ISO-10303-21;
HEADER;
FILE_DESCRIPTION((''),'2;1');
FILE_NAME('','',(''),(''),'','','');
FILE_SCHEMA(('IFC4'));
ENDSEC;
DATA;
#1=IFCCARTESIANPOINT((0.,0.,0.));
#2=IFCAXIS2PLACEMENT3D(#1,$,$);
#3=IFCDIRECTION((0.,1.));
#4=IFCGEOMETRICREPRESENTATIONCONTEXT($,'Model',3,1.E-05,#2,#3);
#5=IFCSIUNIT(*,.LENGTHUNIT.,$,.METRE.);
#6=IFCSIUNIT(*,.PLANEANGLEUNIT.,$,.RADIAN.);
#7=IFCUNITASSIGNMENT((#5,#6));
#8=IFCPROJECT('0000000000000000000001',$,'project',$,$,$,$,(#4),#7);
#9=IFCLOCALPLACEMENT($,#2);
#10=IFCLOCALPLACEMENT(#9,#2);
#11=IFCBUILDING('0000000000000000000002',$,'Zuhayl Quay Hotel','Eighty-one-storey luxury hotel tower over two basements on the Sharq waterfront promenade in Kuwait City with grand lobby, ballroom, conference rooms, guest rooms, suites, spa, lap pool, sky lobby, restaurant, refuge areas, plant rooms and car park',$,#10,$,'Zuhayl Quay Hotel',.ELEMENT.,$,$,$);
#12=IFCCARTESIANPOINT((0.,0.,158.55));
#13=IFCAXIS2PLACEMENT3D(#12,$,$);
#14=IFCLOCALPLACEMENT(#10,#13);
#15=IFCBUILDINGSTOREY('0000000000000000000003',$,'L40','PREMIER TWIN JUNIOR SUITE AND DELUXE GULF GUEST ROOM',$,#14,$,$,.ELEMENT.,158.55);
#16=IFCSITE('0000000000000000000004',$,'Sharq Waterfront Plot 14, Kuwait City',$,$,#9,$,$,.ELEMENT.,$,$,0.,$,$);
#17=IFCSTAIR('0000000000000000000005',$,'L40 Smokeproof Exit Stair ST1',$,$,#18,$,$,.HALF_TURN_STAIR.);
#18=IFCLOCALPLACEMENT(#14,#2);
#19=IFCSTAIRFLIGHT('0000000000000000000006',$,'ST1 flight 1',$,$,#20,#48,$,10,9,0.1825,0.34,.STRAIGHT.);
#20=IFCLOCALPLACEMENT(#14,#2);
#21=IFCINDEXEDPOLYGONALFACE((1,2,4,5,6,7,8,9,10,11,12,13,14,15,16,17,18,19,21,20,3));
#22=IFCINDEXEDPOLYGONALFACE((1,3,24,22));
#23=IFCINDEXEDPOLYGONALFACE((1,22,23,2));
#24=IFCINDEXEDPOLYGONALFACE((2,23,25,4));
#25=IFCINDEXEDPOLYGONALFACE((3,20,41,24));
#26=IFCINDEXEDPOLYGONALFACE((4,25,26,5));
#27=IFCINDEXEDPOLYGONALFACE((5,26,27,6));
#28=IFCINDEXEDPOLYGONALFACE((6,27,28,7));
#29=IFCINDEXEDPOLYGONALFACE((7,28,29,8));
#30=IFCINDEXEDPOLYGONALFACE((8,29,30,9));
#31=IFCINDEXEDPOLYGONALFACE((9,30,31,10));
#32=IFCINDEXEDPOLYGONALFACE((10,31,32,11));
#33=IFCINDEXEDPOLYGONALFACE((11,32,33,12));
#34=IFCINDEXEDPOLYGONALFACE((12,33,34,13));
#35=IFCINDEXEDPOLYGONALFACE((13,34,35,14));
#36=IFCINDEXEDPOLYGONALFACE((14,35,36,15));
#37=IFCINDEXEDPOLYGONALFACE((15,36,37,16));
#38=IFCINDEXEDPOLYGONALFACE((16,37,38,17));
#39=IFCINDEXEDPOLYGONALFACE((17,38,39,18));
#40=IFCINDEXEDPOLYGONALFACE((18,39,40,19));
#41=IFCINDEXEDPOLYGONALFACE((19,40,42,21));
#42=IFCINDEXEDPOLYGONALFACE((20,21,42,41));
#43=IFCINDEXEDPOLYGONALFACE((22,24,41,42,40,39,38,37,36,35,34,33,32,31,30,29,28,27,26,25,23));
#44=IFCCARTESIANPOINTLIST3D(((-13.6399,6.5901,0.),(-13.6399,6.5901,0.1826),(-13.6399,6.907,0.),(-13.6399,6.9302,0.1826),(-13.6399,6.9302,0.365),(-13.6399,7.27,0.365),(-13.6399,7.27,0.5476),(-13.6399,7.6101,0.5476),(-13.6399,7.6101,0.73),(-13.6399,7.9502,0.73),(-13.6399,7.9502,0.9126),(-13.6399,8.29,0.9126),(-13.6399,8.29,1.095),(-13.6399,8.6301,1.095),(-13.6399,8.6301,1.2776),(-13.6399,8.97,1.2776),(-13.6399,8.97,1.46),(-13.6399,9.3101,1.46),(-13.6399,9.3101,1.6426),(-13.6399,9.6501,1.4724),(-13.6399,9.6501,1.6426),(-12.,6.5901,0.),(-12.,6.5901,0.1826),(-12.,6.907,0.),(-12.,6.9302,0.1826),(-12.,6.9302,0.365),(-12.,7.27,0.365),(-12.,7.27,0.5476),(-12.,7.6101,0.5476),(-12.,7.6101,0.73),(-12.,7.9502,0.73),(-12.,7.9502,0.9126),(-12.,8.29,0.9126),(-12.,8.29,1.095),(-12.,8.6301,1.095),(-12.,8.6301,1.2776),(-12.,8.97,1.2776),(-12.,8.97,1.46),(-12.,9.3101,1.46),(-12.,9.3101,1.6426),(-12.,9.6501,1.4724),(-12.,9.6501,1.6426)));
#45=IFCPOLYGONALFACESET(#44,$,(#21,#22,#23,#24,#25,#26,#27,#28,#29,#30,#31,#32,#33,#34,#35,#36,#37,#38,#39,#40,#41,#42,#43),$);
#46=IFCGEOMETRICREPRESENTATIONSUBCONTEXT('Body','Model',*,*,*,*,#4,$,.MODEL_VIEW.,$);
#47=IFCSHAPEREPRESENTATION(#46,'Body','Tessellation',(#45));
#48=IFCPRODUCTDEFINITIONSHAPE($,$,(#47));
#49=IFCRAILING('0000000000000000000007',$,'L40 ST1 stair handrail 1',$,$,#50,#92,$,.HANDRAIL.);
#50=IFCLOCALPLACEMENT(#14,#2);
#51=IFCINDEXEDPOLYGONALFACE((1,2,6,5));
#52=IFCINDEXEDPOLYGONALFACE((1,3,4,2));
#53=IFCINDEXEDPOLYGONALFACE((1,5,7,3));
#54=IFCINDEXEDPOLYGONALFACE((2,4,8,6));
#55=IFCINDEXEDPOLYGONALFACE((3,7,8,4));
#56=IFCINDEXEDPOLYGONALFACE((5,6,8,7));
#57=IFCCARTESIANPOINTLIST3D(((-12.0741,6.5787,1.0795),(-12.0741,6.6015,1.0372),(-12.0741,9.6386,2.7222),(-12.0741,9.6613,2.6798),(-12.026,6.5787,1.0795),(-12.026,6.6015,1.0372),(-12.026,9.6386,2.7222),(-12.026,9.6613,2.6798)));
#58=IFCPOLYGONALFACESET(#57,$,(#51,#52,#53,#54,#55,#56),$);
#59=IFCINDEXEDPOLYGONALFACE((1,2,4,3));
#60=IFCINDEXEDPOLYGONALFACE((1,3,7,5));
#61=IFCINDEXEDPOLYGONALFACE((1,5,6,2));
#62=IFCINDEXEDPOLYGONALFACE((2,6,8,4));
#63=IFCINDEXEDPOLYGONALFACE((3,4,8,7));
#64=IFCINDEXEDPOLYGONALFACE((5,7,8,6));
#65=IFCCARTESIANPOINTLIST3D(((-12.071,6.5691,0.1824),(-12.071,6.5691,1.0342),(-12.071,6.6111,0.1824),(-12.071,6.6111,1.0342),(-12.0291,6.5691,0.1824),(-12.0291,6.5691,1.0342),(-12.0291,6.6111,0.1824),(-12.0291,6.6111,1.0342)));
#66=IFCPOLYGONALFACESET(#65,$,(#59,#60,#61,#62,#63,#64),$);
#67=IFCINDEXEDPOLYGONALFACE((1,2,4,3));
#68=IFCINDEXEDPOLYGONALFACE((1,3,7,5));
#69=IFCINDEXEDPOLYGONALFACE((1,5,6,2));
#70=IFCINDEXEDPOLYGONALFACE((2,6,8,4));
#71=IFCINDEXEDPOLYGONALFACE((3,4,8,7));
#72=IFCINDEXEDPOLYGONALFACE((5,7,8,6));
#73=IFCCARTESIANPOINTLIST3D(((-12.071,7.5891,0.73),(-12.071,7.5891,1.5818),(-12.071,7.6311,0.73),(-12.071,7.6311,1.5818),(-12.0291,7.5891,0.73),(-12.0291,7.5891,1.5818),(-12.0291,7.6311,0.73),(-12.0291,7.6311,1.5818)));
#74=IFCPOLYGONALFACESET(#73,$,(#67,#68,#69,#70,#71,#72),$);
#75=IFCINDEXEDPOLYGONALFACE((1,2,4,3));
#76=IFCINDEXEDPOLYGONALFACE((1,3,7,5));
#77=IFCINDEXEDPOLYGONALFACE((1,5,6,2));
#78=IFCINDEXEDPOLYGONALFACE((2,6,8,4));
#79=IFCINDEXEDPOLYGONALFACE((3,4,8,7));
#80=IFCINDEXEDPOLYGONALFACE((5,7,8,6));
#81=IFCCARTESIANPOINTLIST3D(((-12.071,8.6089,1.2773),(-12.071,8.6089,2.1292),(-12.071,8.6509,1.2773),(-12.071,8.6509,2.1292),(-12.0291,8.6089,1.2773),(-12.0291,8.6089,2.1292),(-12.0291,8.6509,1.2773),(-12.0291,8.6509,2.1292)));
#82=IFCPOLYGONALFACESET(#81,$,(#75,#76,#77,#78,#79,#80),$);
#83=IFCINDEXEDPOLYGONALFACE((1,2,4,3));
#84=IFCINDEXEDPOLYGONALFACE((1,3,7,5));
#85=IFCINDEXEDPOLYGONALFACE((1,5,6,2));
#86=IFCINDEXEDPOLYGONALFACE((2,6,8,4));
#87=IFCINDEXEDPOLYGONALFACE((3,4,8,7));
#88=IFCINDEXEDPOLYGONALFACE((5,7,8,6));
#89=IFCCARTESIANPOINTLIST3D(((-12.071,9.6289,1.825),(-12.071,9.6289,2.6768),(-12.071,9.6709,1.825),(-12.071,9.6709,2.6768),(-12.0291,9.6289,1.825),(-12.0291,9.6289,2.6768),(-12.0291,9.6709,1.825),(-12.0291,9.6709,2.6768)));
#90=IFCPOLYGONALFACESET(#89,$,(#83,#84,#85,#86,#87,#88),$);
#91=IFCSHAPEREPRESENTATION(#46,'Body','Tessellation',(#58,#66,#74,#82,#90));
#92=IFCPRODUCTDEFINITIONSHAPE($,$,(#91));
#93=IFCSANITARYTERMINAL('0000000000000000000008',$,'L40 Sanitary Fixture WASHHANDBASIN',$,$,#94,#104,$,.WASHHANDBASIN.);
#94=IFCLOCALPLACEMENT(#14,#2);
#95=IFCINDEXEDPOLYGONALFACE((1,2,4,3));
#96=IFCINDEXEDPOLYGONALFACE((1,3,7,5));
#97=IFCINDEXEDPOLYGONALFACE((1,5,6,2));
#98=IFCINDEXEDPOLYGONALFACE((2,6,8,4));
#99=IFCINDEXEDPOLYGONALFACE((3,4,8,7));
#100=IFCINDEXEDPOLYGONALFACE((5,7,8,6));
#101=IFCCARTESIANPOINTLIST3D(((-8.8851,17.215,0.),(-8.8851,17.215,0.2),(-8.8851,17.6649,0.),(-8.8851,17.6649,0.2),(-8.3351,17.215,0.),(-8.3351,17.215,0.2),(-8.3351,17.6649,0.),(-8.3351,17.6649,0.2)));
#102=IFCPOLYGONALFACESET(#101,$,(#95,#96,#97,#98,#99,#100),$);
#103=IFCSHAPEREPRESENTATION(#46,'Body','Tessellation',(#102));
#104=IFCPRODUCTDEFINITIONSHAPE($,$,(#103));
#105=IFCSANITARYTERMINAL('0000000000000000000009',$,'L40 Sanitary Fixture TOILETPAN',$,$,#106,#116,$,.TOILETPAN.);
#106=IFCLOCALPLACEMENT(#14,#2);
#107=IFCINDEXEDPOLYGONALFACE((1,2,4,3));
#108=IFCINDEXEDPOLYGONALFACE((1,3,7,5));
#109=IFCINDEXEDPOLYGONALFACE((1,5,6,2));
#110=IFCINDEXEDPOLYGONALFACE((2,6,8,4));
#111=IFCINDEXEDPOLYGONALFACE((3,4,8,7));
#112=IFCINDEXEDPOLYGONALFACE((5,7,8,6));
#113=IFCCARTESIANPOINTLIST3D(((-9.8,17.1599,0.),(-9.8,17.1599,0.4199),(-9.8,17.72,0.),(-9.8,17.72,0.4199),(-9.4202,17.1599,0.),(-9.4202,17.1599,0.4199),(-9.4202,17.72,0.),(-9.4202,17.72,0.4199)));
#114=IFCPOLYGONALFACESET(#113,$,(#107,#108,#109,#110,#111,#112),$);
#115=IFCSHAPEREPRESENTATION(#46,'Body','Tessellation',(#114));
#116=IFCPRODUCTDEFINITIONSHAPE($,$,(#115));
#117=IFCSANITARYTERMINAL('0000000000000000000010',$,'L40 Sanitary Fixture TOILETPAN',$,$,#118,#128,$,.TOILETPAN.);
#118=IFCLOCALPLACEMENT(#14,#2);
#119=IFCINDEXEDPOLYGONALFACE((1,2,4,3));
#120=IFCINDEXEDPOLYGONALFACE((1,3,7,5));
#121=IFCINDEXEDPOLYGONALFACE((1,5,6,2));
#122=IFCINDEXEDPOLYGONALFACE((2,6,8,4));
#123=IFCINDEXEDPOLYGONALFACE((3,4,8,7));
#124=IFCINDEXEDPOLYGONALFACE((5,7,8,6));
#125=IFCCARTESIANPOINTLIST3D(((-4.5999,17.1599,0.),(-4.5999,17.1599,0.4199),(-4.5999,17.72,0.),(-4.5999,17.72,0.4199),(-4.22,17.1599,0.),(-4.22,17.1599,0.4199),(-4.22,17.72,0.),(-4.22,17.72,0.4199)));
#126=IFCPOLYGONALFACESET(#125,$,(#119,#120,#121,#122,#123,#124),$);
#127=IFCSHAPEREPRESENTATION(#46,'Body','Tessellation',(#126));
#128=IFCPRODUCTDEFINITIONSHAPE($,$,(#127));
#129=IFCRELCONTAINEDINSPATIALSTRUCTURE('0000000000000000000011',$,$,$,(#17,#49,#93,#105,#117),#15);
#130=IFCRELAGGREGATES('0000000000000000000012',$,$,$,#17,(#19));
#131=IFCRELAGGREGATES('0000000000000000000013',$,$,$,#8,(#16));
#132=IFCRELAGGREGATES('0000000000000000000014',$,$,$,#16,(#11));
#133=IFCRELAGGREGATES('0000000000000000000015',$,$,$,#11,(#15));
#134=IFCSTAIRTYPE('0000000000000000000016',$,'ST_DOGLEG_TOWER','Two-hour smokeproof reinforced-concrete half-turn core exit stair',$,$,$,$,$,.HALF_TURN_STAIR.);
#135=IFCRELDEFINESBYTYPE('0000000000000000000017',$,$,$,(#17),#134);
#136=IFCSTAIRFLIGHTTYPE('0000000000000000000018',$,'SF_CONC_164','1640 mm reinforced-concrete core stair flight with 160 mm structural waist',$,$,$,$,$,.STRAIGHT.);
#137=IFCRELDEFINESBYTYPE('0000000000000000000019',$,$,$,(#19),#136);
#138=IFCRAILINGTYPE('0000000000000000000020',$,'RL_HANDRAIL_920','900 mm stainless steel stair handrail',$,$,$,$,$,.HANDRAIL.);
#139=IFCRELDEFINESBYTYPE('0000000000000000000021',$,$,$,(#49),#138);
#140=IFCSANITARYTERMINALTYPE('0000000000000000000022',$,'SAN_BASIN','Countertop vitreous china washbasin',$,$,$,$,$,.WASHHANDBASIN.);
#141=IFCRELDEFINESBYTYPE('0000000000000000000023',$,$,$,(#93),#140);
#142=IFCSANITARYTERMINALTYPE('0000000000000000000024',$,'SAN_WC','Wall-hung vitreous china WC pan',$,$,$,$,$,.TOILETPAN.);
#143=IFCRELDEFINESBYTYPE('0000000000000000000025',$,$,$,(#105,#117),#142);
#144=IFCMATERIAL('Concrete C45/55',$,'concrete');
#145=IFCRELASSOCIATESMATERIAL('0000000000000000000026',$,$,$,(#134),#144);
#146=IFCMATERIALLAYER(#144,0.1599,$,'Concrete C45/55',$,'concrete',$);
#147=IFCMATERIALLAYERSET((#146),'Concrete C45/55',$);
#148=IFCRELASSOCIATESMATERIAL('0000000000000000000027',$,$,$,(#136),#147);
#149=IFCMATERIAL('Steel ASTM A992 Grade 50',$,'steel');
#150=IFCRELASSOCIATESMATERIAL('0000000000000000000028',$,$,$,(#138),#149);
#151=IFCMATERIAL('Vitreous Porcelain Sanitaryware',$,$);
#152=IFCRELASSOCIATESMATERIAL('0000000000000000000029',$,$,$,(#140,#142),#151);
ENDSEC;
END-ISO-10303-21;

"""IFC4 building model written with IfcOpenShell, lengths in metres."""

from ifc_helpers import new_model, si_unit, direction, frame, origin, origin_2d, place, context, subcontext, project, spatial, polyline, rectangle, outline, extrude, material, layer, layer_set, type_object, element, aggregate, save


model = new_model("IFC4")

# Units and contexts
model_context = context("Model", 3, precision=1e-05, world=origin(), true_north=direction((0.0, 1.0)))
body_context = subcontext(model_context, "Body", "Model", "MODEL_VIEW")
ifc_project = project(units=[si_unit("LENGTHUNIT", "METRE"), si_unit("PLANEANGLEUNIT", "RADIAN")], contexts=[model_context])

# Site, building, storey
site_placement = place(None, origin())
site = spatial("IfcSite", under=ifc_project, at=site_placement, Name="Sharq Waterfront Plot 14, Kuwait City", CompositionType="ELEMENT", RefElevation=0.0)
building_placement = place(site_placement, origin())
building = spatial("IfcBuilding", under=site, at=building_placement, Name="Zuhayl Quay Hotel", Description="Eighty-one-storey luxury hotel tower over two basements on the Sharq waterfront promenade in Kuwait City with grand lobby, ballroom, conference rooms, guest rooms, suites, spa, lap pool, sky lobby, restaurant, refuge areas, plant rooms and car park", LongName="Zuhayl Quay Hotel", CompositionType="ELEMENT")
storey_placement = place(building_placement, frame((0.0, 0.0, 158.55)))
storey = spatial("IfcBuildingStorey", under=building, at=storey_placement, Name="L40", Description="PREMIER TWIN JUNIOR SUITE AND DELUXE GULF GUEST ROOM", CompositionType="ELEMENT", Elevation=158.55)

# Shared definitions
ifc_material_1 = material(Name="Steel ASTM A992 Grade 50", Category="steel")

# Stair, stair flight
ifc_material_2 = material(Name="Concrete C45/55", Category="concrete")
stair_type = type_object("IfcStairType", Name="ST_DOGLEG_TOWER", Description="Two-hour smokeproof reinforced-concrete half-turn core exit stair", PredefinedType="HALF_TURN_STAIR", material=ifc_material_2)
stair_placement = place(storey_placement, origin())
stair = element("IfcStair", 1, at=stair_placement, inside=storey, type_object=stair_type, Name="L40 Smokeproof Exit Stair ST1", PredefinedType="HALF_TURN_STAIR")
ifc_layer_1 = layer(ifc_material_2, 0.1599, Name="Concrete C45/55", Category="concrete")
ifc_layer_set_1 = layer_set([ifc_layer_1], Name="Concrete C45/55")
stair_flight_type = type_object("IfcStairFlightType", Name="SF_CONC_164", Description="1640 mm reinforced-concrete core stair flight with 160 mm structural waist", PredefinedType="STRAIGHT", material=ifc_layer_set_1)
stair_flight_placement = place(storey_placement, frame((-12.8201, 6.5901, 0.0), z_axis=(0.0, 0.0, 1.0), x_axis=(0.0, 1.0, 0.0)))
stair_flight = element("IfcStairFlight", 2, at=stair_flight_placement, type_object=stair_flight_type, Name="ST1 flight 1", NumberOfRisers=10, NumberOfTreads=9, PredefinedType="STRAIGHT", RiserHeight=0.1825, TreadLength=0.34, context=body_context, shape_type="SweptSolid", body=[
    extrude(outline(polyline([(0.0, 0.0), (0.0, 0.1826), (0.3401, 0.1826), (0.3401, 0.365), (0.6799, 0.365), (0.6799, 0.5476), (1.02, 0.5476), (1.02, 0.73), (1.3601, 0.73), (1.3601, 0.9126), (1.7, 0.9126), (1.7, 1.095), (2.04, 1.095), (2.04, 1.2776), (2.3799, 1.2776), (2.3799, 1.46), (2.72, 1.46), (2.72, 1.6426), (3.0601, 1.6426), (3.0601, 1.825), (3.0601, 1.4724), (0.3169, 0.0), (0.0, 0.0)])), frame((0.0, 0.8198, 0.0), z_axis=(0.0, -1.0, 0.0), x_axis=(1.0, 0.0, 0.0)), (0.0, 0.0, 1.0), 1.6399),
])
aggregate(stair, [stair_flight])

# Railing
railing_type = type_object("IfcRailingType", Name="RL_HANDRAIL_920", Description="900 mm stainless steel stair handrail", PredefinedType="HANDRAIL", material=ifc_material_1)
railing_placement = place(storey_placement, frame((-12.05, 6.5901, 0.1824)))
element("IfcRailing", 3, at=railing_placement, inside=storey, type_object=railing_type, Name="L40 ST1 stair handrail 1", PredefinedType="HANDRAIL", context=body_context, shape_type="SweptSolid", body=[
    extrude(rectangle(XDim=0.0481, YDim=0.0481, at=origin_2d()), frame((0.0, 0.0, 0.876), z_axis=(0.0, 0.881073, 0.47298), x_axis=(-1.0, 0.0, 0.0)), (0.0, 0.0, 1.0), 3.4729),
    extrude(rectangle(XDim=0.042, YDim=0.042, at=origin_2d()), origin(), (0.0, 0.0, 1.0), 0.8518),
    extrude(rectangle(XDim=0.042, YDim=0.042, at=origin_2d()), frame((0.0, 1.02, 0.5476)), (0.0, 0.0, 1.0), 0.8518),
    extrude(rectangle(XDim=0.042, YDim=0.042, at=origin_2d()), frame((0.0, 2.0398, 1.095)), (0.0, 0.0, 1.0), 0.8518),
    extrude(rectangle(XDim=0.042, YDim=0.042, at=origin_2d()), frame((0.0, 3.0598, 1.6426)), (0.0, 0.0, 1.0), 0.8518),
])

# Sanitary terminals
ifc_material_3 = material(Name="Vitreous Porcelain Sanitaryware")
sanitary_terminal_type_1 = type_object("IfcSanitaryTerminalType", Name="SAN_BASIN", Description="Countertop vitreous china washbasin", PredefinedType="WASHHANDBASIN", material=ifc_material_3)
sanitary_terminal_placement = place(storey_placement, frame((-8.6101, 17.4399, 0.0), z_axis=(0.0, 0.0, 1.0), x_axis=(1.0, 0.0, 0.0)))
element("IfcSanitaryTerminal", 4, at=sanitary_terminal_placement, inside=storey, type_object=sanitary_terminal_type_1, Name="L40 Sanitary Fixture WASHHANDBASIN", PredefinedType="WASHHANDBASIN", context=body_context, shape_type="SweptSolid", body=[
    extrude(rectangle(XDim=0.55, YDim=0.45, at=origin_2d()), origin(), (0.0, 0.0, 1.0), 0.2),
])
sanitary_terminal_type_2 = type_object("IfcSanitaryTerminalType", Name="SAN_WC", Description="Wall-hung vitreous china WC pan", PredefinedType="TOILETPAN", material=ifc_material_3)
for number, where, z_axis, x_axis, name in (
    (5, (-9.6101, 17.4399, 0.0), (0.0, 0.0, 1.0), (1.0, 0.0, 0.0), "L40 Sanitary Fixture TOILETPAN"),
    (6, (-4.4099, 17.4399, 0.0), (0.0, 0.0, 1.0), (1.0, 0.0, 0.0), "L40 Sanitary Fixture TOILETPAN"),
):
    element("IfcSanitaryTerminal", number, at=place(storey_placement, frame(where, z_axis=z_axis, x_axis=x_axis)), inside=storey, type_object=sanitary_terminal_type_2, Name=name, PredefinedType="TOILETPAN", context=body_context, shape_type="SweptSolid", body=[
        extrude(rectangle(XDim=0.3799, YDim=0.5601, at=origin_2d()), origin(), (0.0, 0.0, 1.0), 0.4199),
    ])

save(model, "model.ifc")
